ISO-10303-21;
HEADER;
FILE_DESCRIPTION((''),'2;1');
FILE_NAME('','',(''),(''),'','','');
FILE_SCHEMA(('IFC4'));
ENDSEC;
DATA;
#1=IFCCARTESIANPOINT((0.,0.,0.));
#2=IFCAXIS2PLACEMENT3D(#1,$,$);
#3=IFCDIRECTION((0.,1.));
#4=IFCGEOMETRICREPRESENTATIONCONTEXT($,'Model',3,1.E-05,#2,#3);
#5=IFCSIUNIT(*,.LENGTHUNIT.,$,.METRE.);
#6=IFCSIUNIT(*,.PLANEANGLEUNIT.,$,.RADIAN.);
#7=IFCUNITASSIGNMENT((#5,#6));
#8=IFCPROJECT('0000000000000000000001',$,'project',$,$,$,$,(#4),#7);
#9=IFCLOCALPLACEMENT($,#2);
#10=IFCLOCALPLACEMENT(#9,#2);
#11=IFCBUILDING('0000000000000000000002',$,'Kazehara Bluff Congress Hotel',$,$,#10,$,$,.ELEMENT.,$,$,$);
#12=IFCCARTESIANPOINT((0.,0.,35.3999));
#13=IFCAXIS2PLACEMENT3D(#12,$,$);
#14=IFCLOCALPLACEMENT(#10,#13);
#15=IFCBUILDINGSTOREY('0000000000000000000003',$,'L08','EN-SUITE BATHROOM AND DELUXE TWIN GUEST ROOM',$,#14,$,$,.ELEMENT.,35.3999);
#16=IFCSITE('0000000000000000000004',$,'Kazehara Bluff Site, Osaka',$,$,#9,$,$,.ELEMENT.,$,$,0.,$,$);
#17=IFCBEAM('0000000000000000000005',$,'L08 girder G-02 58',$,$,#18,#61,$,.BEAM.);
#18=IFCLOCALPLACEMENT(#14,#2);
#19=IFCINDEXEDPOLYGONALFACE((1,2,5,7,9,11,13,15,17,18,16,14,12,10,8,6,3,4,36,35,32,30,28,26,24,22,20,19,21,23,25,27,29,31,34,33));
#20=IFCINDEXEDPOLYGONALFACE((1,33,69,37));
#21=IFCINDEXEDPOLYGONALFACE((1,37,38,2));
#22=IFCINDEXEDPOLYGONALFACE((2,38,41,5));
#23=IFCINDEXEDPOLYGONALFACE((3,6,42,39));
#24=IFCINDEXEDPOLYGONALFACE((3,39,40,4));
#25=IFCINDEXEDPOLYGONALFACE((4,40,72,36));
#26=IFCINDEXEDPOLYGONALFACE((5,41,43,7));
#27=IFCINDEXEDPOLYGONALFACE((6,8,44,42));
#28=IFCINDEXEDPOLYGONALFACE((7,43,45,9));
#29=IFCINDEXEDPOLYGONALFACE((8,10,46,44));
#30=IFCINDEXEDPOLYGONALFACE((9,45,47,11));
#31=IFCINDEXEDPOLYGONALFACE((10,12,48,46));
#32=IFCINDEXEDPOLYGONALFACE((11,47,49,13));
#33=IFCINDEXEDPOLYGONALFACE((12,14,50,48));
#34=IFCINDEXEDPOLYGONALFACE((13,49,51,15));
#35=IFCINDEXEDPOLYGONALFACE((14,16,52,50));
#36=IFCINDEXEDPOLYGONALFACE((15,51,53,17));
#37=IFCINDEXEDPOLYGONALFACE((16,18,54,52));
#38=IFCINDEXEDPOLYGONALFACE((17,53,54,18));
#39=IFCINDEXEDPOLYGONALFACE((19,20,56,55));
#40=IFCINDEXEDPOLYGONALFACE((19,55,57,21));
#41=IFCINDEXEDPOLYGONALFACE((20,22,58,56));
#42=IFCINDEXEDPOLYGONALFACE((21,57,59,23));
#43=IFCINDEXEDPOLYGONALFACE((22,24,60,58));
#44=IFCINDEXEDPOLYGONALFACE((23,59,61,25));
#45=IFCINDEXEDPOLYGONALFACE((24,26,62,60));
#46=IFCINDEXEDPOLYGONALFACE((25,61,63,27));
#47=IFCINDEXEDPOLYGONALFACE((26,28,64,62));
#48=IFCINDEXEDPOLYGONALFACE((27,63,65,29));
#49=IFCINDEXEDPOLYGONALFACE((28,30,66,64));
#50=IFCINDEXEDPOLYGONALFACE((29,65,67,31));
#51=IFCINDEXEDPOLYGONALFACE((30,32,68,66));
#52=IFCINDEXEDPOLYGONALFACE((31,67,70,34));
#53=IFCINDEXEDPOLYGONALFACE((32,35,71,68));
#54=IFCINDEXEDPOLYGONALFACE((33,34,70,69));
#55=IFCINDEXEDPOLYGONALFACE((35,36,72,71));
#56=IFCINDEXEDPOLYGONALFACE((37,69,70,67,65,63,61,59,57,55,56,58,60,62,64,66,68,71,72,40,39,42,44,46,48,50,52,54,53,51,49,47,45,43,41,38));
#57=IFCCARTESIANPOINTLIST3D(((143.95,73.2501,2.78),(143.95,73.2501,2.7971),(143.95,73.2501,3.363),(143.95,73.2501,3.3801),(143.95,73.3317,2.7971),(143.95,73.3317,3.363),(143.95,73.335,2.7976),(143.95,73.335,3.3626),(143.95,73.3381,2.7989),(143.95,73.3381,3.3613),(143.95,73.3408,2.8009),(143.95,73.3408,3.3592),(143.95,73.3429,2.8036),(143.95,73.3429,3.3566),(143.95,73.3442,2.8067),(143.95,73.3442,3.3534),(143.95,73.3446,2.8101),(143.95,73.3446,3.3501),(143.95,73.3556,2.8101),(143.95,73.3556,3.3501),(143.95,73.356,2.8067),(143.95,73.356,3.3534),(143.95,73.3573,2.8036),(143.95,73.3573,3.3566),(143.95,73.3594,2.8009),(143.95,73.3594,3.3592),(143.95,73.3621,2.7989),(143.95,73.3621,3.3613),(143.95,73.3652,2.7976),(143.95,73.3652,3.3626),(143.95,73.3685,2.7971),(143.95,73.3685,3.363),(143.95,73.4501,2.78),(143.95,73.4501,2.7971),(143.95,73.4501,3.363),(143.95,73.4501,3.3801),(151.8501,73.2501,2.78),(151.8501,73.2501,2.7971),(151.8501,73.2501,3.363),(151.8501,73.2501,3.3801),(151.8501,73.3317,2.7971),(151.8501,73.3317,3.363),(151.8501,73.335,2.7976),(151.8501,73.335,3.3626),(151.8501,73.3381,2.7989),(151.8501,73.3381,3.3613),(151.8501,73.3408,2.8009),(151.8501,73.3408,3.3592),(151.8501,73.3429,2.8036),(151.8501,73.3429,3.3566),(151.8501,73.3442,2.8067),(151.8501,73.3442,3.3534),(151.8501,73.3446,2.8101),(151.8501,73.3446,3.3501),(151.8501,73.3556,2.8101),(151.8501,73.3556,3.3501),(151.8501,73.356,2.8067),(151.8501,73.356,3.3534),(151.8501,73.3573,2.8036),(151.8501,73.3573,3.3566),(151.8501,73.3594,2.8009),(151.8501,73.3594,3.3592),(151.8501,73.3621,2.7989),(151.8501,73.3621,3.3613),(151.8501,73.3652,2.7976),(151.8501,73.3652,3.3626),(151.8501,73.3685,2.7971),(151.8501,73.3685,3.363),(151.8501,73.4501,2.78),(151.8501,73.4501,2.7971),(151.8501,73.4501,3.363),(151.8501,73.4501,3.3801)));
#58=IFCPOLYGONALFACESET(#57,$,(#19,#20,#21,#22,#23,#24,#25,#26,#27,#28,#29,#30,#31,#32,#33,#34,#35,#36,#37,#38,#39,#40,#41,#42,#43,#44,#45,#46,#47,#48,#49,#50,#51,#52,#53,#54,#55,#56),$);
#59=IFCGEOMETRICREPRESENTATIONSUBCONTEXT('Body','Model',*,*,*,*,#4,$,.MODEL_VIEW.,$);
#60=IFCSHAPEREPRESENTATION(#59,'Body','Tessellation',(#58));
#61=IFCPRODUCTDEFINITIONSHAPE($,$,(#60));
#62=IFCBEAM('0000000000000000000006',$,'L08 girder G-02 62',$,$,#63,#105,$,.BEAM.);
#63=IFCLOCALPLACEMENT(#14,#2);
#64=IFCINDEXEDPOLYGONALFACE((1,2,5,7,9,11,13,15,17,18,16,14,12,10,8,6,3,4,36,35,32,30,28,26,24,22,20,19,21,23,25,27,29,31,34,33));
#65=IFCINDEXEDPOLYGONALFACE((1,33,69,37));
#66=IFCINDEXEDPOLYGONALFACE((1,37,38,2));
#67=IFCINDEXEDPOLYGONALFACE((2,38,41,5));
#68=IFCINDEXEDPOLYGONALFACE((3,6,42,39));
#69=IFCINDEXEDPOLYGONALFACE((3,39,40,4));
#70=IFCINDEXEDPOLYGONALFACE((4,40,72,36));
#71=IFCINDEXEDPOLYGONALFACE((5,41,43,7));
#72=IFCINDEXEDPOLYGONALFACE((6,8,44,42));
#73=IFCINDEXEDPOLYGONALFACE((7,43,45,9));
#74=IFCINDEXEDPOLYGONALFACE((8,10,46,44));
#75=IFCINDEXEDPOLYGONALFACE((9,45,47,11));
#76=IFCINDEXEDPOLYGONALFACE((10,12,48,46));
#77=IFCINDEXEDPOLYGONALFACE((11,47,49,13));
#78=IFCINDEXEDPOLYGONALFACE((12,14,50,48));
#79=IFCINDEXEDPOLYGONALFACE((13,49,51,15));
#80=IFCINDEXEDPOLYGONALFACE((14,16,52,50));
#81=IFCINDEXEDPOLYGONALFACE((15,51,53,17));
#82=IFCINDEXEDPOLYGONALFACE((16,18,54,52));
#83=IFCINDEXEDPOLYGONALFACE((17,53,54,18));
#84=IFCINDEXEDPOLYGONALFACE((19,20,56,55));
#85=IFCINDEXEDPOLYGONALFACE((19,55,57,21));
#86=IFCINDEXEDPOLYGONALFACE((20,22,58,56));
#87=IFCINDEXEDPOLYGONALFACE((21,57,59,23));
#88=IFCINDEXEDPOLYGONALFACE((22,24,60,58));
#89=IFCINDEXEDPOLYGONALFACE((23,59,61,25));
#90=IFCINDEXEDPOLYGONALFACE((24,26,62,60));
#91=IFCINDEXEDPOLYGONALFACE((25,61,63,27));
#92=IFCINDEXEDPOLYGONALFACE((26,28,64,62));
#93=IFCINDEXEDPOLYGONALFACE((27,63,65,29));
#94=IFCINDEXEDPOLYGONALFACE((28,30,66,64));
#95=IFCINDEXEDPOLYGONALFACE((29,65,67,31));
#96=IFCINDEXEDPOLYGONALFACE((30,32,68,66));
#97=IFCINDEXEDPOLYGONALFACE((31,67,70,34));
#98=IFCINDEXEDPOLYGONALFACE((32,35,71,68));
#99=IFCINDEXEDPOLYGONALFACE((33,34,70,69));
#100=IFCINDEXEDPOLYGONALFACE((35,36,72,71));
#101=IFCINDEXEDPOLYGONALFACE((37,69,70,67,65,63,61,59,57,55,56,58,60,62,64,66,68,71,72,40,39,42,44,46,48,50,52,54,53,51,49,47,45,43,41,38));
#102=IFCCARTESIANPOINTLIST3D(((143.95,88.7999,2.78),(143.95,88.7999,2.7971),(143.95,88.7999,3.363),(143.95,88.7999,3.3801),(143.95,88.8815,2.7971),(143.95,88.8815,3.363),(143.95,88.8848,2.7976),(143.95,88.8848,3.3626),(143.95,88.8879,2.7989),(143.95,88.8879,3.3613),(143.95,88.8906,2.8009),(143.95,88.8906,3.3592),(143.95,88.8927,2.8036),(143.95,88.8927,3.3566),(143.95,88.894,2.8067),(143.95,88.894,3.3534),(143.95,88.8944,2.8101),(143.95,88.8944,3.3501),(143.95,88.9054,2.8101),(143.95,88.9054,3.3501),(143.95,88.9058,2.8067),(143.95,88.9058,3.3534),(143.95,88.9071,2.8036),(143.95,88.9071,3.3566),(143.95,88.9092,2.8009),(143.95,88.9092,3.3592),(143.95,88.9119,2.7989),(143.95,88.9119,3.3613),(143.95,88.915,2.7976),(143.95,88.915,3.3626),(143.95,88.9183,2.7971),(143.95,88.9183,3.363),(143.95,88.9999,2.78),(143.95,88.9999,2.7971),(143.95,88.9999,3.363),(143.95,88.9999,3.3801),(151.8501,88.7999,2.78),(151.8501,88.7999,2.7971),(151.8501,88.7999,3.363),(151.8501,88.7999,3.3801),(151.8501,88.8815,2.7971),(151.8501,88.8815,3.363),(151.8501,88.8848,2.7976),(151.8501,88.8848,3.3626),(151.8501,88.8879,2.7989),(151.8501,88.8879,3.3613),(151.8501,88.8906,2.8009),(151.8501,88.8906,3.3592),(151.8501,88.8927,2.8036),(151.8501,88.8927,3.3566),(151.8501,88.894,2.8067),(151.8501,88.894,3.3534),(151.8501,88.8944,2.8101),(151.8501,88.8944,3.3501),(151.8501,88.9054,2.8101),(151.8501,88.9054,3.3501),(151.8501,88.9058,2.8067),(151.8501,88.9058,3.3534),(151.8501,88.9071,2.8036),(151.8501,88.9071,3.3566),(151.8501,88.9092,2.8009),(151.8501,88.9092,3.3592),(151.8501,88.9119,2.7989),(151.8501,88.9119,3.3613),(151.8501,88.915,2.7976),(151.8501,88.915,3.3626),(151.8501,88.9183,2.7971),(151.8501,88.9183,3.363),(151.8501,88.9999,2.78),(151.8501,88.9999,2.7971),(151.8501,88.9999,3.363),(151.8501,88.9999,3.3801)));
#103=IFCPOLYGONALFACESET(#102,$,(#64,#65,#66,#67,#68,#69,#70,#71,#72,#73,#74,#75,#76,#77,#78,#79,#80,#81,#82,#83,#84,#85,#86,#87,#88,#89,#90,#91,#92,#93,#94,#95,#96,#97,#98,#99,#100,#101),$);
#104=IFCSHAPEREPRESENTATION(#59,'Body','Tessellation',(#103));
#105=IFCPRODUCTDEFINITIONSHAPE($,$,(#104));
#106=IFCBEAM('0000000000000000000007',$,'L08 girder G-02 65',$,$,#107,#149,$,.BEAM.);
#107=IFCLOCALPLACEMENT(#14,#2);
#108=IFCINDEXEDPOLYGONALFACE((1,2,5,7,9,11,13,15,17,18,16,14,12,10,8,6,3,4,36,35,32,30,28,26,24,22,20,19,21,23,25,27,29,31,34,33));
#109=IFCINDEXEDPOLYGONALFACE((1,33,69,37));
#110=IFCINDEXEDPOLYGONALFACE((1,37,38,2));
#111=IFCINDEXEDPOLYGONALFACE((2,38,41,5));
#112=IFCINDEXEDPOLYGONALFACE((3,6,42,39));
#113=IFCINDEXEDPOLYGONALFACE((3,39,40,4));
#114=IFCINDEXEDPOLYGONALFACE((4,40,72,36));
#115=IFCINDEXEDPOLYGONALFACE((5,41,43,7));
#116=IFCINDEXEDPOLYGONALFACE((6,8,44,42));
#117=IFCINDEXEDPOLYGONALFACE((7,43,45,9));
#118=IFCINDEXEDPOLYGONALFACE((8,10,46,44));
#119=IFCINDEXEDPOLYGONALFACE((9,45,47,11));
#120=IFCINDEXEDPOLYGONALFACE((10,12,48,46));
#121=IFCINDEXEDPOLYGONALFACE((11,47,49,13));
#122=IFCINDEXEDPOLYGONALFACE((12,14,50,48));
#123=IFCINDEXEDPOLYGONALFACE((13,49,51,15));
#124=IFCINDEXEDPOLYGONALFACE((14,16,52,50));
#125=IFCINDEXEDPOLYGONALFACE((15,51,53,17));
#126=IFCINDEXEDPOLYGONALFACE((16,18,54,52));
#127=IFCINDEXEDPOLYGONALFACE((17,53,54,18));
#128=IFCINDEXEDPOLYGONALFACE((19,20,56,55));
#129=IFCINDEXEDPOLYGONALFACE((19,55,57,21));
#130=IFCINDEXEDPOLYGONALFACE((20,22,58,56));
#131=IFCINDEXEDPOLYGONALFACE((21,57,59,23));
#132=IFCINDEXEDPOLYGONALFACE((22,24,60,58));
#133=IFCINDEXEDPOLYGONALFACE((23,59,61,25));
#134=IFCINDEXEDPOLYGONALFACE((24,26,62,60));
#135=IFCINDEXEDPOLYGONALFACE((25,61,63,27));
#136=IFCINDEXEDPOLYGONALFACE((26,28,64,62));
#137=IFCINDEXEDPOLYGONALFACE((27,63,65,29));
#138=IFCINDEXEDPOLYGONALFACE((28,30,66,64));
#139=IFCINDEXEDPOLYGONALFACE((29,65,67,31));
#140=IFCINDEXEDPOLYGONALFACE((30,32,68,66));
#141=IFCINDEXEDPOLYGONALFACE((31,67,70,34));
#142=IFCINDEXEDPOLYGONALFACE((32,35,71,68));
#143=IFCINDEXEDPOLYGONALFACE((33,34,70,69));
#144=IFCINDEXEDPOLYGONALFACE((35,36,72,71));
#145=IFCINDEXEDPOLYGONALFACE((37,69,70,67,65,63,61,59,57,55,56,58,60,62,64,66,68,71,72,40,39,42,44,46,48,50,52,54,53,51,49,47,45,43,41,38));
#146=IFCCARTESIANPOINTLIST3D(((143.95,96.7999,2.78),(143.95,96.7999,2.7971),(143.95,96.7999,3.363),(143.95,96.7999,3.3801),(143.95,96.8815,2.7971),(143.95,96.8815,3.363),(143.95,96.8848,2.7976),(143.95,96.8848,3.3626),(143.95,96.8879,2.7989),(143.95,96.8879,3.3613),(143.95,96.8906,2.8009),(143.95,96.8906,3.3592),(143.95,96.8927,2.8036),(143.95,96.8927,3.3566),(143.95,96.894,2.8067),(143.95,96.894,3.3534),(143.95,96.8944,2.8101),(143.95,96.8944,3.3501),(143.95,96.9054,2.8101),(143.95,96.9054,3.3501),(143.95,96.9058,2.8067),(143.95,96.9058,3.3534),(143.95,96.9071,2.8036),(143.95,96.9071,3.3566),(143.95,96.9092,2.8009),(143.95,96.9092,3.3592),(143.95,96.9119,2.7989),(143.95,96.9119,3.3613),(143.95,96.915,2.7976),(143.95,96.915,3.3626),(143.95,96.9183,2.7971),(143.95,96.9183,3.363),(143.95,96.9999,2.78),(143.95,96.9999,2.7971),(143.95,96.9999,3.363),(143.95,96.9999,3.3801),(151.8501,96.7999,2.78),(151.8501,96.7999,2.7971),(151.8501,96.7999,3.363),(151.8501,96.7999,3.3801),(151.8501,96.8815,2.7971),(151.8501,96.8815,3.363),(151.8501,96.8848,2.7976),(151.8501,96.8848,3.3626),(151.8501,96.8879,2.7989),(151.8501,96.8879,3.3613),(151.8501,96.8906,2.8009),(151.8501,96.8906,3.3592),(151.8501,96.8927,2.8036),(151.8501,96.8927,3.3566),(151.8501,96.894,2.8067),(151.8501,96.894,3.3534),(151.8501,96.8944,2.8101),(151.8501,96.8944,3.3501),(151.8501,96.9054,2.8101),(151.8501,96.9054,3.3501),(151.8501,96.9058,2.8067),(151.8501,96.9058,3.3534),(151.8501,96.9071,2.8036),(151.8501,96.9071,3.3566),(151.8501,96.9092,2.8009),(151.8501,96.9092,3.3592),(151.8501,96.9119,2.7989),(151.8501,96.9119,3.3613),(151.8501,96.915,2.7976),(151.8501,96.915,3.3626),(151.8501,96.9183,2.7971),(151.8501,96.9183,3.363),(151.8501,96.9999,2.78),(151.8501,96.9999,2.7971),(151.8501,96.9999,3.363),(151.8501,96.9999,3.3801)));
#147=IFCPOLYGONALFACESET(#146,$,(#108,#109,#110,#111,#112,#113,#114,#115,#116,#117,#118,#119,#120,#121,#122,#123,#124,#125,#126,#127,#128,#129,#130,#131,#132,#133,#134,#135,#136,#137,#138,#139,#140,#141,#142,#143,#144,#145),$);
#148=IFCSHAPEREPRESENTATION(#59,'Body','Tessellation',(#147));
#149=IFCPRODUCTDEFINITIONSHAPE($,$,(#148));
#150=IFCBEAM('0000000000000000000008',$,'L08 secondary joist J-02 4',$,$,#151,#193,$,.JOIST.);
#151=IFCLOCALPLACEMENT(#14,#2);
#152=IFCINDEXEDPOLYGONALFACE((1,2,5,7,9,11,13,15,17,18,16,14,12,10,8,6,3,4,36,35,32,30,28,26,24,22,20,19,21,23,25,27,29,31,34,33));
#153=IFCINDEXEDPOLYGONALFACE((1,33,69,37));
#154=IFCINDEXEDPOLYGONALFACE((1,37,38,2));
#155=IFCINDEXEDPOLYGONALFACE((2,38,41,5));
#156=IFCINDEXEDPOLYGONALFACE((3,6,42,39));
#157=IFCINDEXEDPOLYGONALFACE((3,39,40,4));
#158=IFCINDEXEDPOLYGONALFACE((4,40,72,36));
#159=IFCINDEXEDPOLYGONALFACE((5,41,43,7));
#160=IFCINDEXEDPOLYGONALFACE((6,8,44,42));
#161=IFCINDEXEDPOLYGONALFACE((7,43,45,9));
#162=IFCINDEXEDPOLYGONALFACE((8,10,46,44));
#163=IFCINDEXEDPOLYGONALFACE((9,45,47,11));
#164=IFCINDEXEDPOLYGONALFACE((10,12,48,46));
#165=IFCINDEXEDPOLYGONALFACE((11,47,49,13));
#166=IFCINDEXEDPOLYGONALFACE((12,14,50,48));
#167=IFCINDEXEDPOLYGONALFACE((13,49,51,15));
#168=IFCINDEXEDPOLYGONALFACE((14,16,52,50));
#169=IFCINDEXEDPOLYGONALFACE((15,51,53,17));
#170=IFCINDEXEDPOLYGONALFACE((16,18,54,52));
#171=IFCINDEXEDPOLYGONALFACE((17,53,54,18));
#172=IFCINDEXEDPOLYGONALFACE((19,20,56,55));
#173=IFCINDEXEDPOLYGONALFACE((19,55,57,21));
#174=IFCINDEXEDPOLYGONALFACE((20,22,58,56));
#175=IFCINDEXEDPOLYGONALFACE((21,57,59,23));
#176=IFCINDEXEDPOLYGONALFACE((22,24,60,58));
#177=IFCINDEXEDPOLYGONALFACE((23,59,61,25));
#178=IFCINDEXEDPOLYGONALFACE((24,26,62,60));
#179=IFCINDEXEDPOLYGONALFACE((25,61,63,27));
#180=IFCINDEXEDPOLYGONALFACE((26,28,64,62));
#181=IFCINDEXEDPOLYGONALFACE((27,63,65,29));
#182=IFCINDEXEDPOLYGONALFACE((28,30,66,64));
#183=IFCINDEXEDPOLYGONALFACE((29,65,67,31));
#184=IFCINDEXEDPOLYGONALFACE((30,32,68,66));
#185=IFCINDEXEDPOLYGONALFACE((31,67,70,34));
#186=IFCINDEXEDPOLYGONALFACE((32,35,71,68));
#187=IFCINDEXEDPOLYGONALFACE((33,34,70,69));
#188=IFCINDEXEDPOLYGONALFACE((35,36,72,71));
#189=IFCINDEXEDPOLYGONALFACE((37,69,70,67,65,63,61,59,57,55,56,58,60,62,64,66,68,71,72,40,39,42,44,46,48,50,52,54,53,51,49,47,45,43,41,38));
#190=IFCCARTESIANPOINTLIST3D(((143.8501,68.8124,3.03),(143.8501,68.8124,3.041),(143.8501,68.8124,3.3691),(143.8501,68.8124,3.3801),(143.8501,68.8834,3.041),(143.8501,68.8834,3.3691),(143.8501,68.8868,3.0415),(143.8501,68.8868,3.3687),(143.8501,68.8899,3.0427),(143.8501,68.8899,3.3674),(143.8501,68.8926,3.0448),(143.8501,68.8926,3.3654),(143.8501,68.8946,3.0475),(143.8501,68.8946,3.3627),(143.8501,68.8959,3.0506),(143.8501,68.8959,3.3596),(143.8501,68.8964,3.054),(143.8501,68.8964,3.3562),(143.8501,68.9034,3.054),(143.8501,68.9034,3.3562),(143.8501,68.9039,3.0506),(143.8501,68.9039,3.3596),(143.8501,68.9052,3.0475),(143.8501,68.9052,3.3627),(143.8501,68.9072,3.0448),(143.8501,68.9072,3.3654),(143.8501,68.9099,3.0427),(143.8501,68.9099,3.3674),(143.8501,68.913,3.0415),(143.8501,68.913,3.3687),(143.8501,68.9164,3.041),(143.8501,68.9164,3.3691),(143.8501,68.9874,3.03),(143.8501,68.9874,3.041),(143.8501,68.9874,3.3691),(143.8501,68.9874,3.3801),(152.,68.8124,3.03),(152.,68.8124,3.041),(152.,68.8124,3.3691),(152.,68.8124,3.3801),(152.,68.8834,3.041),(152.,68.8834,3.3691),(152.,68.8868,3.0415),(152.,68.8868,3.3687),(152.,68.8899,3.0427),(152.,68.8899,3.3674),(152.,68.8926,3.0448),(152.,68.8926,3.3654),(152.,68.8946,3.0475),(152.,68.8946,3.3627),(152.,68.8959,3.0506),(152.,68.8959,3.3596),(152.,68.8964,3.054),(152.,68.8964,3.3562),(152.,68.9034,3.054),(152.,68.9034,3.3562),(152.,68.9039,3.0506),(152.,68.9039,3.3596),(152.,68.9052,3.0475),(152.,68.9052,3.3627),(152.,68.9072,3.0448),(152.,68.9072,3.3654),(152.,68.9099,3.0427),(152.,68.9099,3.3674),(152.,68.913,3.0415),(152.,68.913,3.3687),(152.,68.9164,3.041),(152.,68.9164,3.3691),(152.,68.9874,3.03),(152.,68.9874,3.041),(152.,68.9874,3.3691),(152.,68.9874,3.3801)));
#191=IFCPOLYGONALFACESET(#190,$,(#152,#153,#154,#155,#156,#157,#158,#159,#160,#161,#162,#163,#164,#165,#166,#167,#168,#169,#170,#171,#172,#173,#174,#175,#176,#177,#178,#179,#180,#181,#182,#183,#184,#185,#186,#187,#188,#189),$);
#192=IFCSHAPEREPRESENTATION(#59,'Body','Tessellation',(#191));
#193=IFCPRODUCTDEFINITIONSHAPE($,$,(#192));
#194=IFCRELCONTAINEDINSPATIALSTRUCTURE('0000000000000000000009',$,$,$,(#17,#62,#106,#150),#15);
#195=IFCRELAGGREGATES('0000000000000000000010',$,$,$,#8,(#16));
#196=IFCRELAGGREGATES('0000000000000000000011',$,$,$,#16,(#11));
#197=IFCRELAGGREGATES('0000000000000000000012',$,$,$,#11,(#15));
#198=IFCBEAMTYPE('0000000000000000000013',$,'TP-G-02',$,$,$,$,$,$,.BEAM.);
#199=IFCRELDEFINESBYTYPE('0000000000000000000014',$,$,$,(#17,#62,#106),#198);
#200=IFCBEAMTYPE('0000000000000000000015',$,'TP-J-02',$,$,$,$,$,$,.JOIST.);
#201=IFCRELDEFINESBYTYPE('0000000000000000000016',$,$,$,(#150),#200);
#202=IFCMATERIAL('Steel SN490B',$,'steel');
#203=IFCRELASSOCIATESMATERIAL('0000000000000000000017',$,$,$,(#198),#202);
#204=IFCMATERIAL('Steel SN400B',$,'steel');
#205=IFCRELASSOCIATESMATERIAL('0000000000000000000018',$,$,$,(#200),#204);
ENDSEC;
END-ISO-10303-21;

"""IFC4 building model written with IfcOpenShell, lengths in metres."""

from ifc_helpers import new_model, si_unit, direction, frame, origin, origin_2d, place, context, subcontext, project, spatial, i_section, extrude, material, material_profile, profile_set, type_object, element, save


model = new_model("IFC4")

# Units and contexts
model_context = context("Model", 3, precision=1e-05, world=origin(), true_north=direction((0.0, 1.0)))
body_context = subcontext(model_context, "Body", "Model", "MODEL_VIEW")
ifc_project = project(units=[si_unit("LENGTHUNIT", "METRE"), si_unit("PLANEANGLEUNIT", "RADIAN")], contexts=[model_context])

# Site, building, storey
site_placement = place(None, origin())
site = spatial("IfcSite", under=ifc_project, at=site_placement, Name="Kazehara Bluff Site, Osaka", CompositionType="ELEMENT", RefElevation=0.0)
building_placement = place(site_placement, origin())
building = spatial("IfcBuilding", under=site, at=building_placement, Name="Kazehara Bluff Congress Hotel", CompositionType="ELEMENT")
storey_placement = place(building_placement, frame((0.0, 0.0, 35.3999)))
storey = spatial("IfcBuildingStorey", under=building, at=storey_placement, Name="L08", Description="EN-SUITE BATHROOM AND DELUXE TWIN GUEST ROOM", CompositionType="ELEMENT", Elevation=35.3999)

# Beams
ifc_material_1 = material(Name="Steel SN490B", Category="steel")
ifc_material_profile_1 = material_profile(ifc_material_1, i_section(OverallWidth=0.2, OverallDepth=0.6001, WebThickness=0.011, FlangeThickness=0.0171, FilletRadius=0.0129, at=origin_2d()))
ifc_profile_set_1 = profile_set([ifc_material_profile_1], Name="Steel SN490B")
beam_type_1 = type_object("IfcBeamType", Name="TP-G-02", PredefinedType="BEAM", material=ifc_profile_set_1)
for number, where, z_axis, x_axis, name in (
    (1, (143.95, 73.3501, 3.0801), (1.0, 0.0, 0.0), (0.0, 1.0, 0.0), "L08 girder G-02 58"),
    (2, (143.95, 88.8999, 3.0801), (1.0, 0.0, 0.0), (0.0, 1.0, 0.0), "L08 girder G-02 62"),
    (3, (143.95, 96.8999, 3.0801), (1.0, 0.0, 0.0), (0.0, 1.0, 0.0), "L08 girder G-02 65"),
):
    element("IfcBeam", number, at=place(storey_placement, frame(where, z_axis=z_axis, x_axis=x_axis)), inside=storey, type_object=beam_type_1, Name=name, PredefinedType="BEAM", context=body_context, shape_type="SweptSolid", body=[
        extrude(i_section(OverallWidth=0.2, OverallDepth=0.6001, WebThickness=0.011, FlangeThickness=0.0171, FilletRadius=0.0129, at=origin_2d()), origin(), (0.0, 0.0, 1.0), 7.9001),
    ])
ifc_material_2 = material(Name="Steel SN400B", Category="steel")
ifc_material_profile_2 = material_profile(ifc_material_2, i_section(OverallWidth=0.175, OverallDepth=0.3501, WebThickness=0.0071, FlangeThickness=0.011, FilletRadius=0.0129, at=origin_2d()))
ifc_profile_set_2 = profile_set([ifc_material_profile_2], Name="Steel SN400B")
beam_type_2 = type_object("IfcBeamType", Name="TP-J-02", PredefinedType="JOIST", material=ifc_profile_set_2)
for number, where, z_axis, x_axis, name in (
    (4, (143.8501, 68.8999, 3.2051), (1.0, 0.0, 0.0), (0.0, 1.0, 0.0), "L08 secondary joist J-02 4"),
):
    element("IfcBeam", number, at=place(storey_placement, frame(where, z_axis=z_axis, x_axis=x_axis)), inside=storey, type_object=beam_type_2, Name=name, PredefinedType="JOIST", context=body_context, shape_type="SweptSolid", body=[
        extrude(i_section(OverallWidth=0.175, OverallDepth=0.3501, WebThickness=0.0071, FlangeThickness=0.011, FilletRadius=0.0129, at=origin_2d()), origin(), (0.0, 0.0, 1.0), 8.1499),
    ])

save(model, "model.ifc")
